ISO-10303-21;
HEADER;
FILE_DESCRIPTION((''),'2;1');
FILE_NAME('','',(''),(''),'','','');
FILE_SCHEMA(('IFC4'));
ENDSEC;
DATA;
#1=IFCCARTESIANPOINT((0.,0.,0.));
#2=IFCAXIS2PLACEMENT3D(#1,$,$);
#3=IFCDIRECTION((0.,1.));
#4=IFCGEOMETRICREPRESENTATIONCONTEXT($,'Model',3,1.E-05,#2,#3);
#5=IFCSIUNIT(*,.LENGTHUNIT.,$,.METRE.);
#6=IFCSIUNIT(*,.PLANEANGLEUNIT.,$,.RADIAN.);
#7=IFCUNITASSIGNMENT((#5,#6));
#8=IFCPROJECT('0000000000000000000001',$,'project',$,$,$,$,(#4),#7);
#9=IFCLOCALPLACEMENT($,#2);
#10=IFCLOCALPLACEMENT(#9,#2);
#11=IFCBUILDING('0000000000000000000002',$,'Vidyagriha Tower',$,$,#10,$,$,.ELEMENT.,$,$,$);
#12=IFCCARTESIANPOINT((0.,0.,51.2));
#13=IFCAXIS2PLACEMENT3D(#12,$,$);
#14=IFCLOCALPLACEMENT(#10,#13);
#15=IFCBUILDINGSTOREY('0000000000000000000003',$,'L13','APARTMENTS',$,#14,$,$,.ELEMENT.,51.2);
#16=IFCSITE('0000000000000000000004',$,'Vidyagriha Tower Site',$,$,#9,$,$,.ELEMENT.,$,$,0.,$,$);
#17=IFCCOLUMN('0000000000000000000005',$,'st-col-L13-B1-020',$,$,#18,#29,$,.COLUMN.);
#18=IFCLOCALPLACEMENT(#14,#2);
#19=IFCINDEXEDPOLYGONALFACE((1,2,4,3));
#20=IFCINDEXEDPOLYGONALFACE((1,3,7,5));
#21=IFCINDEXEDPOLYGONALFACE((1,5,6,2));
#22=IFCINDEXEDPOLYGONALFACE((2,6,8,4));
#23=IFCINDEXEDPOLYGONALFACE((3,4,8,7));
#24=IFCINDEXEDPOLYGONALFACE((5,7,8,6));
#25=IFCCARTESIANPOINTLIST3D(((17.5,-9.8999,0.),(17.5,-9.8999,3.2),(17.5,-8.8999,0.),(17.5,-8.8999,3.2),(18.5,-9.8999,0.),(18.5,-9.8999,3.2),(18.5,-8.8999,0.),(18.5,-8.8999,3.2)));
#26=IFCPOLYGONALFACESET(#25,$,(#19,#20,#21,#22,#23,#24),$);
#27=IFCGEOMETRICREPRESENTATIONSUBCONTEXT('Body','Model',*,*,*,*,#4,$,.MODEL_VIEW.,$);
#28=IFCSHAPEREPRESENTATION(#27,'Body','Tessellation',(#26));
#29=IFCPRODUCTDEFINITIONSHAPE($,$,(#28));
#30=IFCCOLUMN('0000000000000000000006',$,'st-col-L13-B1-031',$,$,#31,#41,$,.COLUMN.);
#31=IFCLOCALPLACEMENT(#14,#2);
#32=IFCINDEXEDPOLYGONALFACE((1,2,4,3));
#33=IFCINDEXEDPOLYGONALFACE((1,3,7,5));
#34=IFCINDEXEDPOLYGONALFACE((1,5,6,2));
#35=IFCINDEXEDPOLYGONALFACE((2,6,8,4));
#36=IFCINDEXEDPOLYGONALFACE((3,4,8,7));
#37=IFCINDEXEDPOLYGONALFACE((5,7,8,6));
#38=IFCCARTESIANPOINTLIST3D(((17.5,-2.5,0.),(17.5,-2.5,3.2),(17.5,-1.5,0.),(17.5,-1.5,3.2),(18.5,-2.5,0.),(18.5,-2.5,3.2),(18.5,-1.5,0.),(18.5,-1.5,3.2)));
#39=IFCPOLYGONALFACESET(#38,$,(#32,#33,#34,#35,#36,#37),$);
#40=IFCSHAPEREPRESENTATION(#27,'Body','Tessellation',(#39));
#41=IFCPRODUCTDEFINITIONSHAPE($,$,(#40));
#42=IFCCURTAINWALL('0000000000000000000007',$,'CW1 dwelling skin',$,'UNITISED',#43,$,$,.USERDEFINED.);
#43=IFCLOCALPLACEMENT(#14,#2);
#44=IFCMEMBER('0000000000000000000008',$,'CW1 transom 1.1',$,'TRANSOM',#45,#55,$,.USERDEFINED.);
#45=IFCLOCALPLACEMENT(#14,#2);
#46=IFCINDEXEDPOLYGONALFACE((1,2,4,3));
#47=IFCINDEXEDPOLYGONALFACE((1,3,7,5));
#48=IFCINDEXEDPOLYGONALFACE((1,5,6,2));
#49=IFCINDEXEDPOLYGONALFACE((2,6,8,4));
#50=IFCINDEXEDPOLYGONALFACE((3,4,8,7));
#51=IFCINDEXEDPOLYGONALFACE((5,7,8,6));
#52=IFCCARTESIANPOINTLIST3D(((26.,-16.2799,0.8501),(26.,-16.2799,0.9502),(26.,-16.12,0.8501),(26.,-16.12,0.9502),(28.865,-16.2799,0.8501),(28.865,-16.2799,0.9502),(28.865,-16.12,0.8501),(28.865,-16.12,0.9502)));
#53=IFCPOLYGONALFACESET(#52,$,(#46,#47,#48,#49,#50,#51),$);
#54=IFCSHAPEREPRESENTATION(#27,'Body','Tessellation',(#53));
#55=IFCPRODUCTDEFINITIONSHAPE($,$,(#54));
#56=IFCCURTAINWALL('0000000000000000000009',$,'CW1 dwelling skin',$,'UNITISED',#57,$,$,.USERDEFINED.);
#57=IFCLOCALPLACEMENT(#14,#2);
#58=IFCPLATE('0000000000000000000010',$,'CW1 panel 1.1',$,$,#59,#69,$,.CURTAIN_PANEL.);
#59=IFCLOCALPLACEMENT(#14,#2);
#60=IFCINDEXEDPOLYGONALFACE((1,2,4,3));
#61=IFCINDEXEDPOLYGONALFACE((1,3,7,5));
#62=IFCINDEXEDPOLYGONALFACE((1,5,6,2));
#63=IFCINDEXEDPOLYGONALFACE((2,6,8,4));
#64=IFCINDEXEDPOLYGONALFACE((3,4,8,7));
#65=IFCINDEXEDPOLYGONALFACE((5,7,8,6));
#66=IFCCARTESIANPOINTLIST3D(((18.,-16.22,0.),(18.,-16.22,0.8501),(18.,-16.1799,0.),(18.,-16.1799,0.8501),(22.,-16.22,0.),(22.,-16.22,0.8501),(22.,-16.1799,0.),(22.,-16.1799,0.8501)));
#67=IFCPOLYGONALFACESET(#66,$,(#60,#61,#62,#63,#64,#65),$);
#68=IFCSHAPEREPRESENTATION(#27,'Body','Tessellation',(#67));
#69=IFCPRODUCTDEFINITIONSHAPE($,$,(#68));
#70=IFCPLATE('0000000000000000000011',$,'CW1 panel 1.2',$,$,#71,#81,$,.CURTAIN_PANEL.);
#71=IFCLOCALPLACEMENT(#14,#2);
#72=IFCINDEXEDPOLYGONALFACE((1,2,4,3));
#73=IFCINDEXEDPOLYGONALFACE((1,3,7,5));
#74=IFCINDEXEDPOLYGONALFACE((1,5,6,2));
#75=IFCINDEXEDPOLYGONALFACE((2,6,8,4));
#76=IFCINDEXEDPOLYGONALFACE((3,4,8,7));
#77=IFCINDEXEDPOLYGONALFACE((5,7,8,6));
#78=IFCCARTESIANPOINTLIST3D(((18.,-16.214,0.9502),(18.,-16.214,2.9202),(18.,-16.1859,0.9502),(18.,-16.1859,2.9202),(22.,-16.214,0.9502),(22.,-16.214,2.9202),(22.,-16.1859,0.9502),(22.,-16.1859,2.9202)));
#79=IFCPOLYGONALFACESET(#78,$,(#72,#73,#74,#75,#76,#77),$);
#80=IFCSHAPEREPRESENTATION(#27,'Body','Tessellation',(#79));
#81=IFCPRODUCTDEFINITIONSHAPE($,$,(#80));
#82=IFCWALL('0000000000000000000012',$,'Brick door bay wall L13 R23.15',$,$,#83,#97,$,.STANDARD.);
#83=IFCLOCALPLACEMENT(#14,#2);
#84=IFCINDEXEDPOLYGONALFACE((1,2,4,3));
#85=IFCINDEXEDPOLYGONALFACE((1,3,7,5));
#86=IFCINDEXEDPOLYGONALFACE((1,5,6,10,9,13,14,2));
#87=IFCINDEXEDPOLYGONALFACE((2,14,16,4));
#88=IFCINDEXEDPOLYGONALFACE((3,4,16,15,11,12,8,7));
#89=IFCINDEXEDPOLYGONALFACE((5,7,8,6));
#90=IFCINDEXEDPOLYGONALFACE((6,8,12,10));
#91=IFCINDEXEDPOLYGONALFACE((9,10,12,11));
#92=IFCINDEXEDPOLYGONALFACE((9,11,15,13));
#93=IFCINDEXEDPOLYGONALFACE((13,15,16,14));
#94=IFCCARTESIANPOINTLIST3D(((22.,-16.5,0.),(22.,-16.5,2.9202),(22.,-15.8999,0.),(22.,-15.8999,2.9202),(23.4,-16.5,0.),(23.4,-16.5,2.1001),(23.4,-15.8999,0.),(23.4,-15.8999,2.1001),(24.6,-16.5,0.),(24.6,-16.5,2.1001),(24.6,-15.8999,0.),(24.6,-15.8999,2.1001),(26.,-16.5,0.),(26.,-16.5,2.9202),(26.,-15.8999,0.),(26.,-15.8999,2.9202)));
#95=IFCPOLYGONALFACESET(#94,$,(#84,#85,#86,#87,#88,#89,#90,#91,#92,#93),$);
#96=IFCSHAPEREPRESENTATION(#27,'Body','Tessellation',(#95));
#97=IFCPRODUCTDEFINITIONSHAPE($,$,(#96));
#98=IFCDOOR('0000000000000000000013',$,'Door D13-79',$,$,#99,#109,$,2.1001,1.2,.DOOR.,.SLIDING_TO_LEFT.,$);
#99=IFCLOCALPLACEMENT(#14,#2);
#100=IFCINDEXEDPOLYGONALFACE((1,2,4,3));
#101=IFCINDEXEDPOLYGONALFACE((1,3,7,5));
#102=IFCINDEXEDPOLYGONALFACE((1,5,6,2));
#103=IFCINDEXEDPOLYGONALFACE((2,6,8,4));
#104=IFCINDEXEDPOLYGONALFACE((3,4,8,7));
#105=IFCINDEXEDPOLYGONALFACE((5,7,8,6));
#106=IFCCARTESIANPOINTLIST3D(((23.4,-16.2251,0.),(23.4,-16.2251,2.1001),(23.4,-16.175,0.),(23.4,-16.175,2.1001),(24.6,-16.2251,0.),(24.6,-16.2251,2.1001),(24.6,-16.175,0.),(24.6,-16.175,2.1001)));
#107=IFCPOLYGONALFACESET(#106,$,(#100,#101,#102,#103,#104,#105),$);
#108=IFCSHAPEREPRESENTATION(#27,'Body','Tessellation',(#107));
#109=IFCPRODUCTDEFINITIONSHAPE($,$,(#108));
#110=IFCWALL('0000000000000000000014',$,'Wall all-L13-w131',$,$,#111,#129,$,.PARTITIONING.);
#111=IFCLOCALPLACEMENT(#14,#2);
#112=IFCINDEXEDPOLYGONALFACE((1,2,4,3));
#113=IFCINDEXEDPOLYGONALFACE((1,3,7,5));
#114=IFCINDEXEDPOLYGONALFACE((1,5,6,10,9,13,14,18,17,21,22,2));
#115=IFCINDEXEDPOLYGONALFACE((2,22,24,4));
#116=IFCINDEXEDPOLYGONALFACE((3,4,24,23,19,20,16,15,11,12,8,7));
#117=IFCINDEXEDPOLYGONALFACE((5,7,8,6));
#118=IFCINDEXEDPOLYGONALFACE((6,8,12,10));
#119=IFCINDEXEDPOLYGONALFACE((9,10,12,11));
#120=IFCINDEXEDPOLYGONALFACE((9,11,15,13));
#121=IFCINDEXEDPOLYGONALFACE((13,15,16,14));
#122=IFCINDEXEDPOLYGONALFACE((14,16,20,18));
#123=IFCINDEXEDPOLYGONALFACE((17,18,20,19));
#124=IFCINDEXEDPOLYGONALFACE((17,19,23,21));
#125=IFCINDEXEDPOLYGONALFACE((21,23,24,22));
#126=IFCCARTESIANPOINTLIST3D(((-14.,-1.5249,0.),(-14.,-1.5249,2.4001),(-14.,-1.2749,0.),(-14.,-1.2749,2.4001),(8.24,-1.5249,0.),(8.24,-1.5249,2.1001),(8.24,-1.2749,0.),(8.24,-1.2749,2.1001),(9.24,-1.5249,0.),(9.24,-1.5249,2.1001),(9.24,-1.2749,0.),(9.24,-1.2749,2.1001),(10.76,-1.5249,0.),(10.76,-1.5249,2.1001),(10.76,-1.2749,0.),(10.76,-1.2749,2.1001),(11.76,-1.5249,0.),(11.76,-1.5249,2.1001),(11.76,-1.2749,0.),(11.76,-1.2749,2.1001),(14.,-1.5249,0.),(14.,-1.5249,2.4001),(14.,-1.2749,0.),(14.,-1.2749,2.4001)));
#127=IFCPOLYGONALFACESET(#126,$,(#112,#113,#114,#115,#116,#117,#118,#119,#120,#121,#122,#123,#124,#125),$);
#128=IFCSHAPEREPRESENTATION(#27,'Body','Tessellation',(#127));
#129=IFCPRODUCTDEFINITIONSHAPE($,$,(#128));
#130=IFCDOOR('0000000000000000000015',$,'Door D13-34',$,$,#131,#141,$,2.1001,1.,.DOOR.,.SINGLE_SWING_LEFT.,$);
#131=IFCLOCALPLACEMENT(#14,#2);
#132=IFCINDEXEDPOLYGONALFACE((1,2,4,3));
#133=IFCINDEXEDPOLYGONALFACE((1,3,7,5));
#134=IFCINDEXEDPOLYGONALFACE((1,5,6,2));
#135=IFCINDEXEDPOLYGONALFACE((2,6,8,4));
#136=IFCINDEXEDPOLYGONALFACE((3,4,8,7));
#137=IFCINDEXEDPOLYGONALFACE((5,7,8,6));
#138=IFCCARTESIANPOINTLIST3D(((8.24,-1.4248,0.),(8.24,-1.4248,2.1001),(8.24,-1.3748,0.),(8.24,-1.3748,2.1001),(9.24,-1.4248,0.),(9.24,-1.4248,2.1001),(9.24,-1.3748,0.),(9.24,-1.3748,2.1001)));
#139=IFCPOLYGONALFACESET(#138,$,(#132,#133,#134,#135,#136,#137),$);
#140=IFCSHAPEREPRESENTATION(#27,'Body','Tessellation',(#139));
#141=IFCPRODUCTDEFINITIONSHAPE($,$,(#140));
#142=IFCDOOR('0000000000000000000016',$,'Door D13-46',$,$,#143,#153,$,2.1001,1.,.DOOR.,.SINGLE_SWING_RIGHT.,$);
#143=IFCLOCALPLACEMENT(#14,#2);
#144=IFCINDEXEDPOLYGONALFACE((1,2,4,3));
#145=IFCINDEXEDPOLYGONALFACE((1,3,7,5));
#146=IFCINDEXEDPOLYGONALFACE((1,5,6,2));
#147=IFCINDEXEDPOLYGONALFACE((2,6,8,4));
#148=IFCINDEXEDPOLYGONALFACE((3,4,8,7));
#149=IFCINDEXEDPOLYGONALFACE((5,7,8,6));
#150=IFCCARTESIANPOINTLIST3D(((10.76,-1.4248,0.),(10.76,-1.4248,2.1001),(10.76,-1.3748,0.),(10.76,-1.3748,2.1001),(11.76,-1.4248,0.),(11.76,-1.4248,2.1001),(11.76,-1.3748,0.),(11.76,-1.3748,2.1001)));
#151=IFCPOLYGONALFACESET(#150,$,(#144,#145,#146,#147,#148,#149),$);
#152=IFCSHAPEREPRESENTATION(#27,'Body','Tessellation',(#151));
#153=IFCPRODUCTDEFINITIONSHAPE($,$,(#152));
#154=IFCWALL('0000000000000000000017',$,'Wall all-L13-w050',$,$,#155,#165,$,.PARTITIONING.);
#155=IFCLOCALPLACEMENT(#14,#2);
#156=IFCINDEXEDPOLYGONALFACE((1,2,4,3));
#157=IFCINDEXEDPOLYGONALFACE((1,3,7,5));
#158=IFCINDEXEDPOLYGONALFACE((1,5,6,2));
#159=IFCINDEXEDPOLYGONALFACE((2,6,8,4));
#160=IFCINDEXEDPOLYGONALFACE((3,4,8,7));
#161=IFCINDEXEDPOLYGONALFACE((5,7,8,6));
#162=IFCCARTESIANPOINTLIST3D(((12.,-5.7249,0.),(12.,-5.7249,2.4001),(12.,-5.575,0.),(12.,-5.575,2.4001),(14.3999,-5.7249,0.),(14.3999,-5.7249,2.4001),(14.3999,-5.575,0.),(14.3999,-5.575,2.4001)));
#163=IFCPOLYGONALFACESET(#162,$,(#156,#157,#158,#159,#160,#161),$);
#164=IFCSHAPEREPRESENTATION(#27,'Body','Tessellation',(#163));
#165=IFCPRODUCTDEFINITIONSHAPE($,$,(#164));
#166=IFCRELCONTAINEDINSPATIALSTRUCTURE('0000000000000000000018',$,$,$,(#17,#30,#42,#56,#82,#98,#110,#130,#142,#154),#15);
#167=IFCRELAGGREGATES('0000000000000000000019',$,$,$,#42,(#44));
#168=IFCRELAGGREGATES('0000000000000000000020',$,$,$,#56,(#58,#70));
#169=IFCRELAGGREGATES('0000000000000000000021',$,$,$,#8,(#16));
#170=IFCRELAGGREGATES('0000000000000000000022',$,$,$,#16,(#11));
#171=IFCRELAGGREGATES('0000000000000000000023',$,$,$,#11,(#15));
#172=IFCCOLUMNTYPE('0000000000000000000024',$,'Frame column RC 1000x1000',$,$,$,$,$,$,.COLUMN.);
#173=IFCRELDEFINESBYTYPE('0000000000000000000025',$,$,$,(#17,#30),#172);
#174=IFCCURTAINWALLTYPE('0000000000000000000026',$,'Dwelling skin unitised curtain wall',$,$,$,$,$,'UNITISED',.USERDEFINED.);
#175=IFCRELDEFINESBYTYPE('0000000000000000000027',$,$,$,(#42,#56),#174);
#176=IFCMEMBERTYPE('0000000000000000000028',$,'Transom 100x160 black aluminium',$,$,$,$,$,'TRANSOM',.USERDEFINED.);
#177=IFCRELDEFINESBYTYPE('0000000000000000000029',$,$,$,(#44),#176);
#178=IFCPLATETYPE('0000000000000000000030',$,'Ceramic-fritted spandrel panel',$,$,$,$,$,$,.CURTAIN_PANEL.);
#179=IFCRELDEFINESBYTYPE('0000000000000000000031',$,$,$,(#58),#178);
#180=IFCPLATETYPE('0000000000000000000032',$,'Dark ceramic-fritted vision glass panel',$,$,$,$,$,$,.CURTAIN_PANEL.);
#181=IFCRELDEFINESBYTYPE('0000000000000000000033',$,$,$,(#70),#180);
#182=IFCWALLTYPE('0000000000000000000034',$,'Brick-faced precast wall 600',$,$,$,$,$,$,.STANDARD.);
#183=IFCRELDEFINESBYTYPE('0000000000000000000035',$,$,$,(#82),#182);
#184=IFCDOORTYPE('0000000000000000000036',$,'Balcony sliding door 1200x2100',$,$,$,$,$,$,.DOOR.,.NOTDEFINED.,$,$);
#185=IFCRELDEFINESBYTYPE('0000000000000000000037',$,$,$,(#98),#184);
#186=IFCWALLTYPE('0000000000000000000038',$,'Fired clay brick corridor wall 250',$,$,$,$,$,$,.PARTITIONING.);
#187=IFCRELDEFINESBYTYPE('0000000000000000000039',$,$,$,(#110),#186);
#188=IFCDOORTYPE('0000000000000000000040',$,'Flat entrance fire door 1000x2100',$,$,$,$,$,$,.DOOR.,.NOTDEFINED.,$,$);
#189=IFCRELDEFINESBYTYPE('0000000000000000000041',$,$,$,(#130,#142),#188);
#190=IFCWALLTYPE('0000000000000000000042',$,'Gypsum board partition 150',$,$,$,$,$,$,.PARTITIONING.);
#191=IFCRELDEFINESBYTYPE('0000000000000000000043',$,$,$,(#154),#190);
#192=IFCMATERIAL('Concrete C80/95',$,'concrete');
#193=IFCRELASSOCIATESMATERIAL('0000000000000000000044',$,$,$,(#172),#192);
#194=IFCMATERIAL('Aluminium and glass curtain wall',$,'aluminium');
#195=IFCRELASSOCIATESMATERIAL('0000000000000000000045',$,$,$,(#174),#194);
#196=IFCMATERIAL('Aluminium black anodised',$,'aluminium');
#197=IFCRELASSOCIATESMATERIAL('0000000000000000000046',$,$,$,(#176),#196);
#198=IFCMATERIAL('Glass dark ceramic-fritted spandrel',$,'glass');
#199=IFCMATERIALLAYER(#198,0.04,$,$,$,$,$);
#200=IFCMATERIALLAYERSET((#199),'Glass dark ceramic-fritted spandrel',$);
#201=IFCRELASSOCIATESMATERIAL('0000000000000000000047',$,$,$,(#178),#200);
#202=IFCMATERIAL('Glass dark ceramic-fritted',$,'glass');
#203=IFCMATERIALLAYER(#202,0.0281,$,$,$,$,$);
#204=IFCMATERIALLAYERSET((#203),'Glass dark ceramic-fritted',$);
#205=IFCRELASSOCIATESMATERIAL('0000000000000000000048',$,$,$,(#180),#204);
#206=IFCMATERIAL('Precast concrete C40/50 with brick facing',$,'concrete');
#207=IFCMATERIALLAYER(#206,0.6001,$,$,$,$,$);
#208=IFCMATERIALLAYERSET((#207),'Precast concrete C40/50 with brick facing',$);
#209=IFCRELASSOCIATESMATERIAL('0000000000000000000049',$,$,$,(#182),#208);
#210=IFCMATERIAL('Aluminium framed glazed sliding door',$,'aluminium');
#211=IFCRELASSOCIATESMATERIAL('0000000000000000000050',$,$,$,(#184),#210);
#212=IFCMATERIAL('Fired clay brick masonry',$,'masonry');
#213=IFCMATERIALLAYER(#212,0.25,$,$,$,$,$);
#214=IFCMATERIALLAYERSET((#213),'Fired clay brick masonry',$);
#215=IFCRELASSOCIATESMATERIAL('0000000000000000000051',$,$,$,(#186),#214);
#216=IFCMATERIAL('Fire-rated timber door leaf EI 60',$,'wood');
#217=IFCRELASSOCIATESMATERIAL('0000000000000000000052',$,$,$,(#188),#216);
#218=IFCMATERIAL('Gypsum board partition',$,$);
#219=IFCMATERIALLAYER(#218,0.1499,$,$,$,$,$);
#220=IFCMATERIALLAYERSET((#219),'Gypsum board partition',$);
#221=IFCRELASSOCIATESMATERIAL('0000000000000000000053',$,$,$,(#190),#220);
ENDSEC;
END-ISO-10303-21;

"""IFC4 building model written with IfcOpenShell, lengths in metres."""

from ifc_helpers import new_model, si_unit, direction, frame, frame_2d, origin, origin_2d, place, context, subcontext, project, spatial, rectangle, extrude, material, layer, layer_set, material_profile, profile_set, type_object, element, fill, aggregate, save


model = new_model("IFC4")

# Units and contexts
model_context = context("Model", 3, precision=1e-05, world=origin(), true_north=direction((0.0, 1.0)))
body_context = subcontext(model_context, "Body", "Model", "MODEL_VIEW")
ifc_project = project(units=[si_unit("LENGTHUNIT", "METRE"), si_unit("PLANEANGLEUNIT", "RADIAN")], contexts=[model_context])

# Site, building, storey
site_placement = place(None, origin())
site = spatial("IfcSite", under=ifc_project, at=site_placement, Name="Vidyagriha Tower Site", CompositionType="ELEMENT", RefElevation=0.0)
building_placement = place(site_placement, origin())
building = spatial("IfcBuilding", under=site, at=building_placement, Name="Vidyagriha Tower", CompositionType="ELEMENT")
storey_placement = place(building_placement, frame((0.0, 0.0, 51.2)))
storey = spatial("IfcBuildingStorey", under=building, at=storey_placement, Name="L13", Description="APARTMENTS", CompositionType="ELEMENT", Elevation=51.2)

# Columns
ifc_material_1 = material(Name="Concrete C80/95", Category="concrete")
ifc_material_profile_1 = material_profile(ifc_material_1, rectangle(XDim=1.0, YDim=1.0, at=origin_2d()), Name="RC 1000x1000")
ifc_profile_set_1 = profile_set([ifc_material_profile_1], Name="Concrete C80/95")
column_type = type_object("IfcColumnType", Name="Frame column RC 1000x1000", PredefinedType="COLUMN", material=ifc_profile_set_1)
for number, where, name in (
    (1, (18.0, -9.3999, 0.0), "st-col-L13-B1-020"),
    (2, (18.0, -2.0, 0.0), "st-col-L13-B1-031"),
):
    element("IfcColumn", number, at=place(storey_placement, frame(where)), inside=storey, type_object=column_type, Name=name, PredefinedType="COLUMN", context=body_context, shape_type="SweptSolid", body=[
        extrude(rectangle(XDim=1.0, YDim=1.0, at=origin_2d()), origin(), (0.0, 0.0, 1.0), 3.2),
    ])

# Curtain wall, member
ifc_material_2 = material(Name="Aluminium and glass curtain wall", Category="aluminium")
curtain_wall_type = type_object("IfcCurtainWallType", Name="Dwelling skin unitised curtain wall", ElementType="UNITISED", PredefinedType="USERDEFINED", material=ifc_material_2)
curtain_wall_1_placement = place(storey_placement, origin())
curtain_wall_1 = element("IfcCurtainWall", 3, at=curtain_wall_1_placement, inside=storey, type_object=curtain_wall_type, Name="CW1 dwelling skin", ObjectType="UNITISED", PredefinedType="USERDEFINED")
ifc_material_3 = material(Name="Aluminium black anodised", Category="aluminium")
ifc_material_profile_2 = material_profile(ifc_material_3, rectangle(XDim=0.1599, YDim=0.1001, at=origin_2d()), Name="Transom 100x160 black aluminium")
ifc_profile_set_2 = profile_set([ifc_material_profile_2], Name="Aluminium black anodised")
member_type = type_object("IfcMemberType", Name="Transom 100x160 black aluminium", ElementType="TRANSOM", PredefinedType="USERDEFINED", material=ifc_profile_set_2)
member_placement = place(storey_placement, frame((26.0, -16.2, 0.9001), z_axis=(1.0, 0.0, 0.0), x_axis=(0.0, 1.0, 0.0)))
member = element("IfcMember", 4, at=member_placement, type_object=member_type, Name="CW1 transom 1.1", ObjectType="TRANSOM", PredefinedType="USERDEFINED", context=body_context, shape_type="SweptSolid", body=[
    extrude(rectangle(XDim=0.1599, YDim=0.1001, at=origin_2d()), origin(), (0.0, 0.0, 1.0), 2.865),
])
aggregate(curtain_wall_1, [member])

# Curtain wall, plates
curtain_wall_2_placement = place(storey_placement, origin())
curtain_wall_2 = element("IfcCurtainWall", 5, at=curtain_wall_2_placement, inside=storey, type_object=curtain_wall_type, Name="CW1 dwelling skin", ObjectType="UNITISED", PredefinedType="USERDEFINED")
ifc_material_4 = material(Name="Glass dark ceramic-fritted spandrel", Category="glass")
ifc_layer_1 = layer(ifc_material_4, 0.04)
ifc_layer_set_1 = layer_set([ifc_layer_1], Name="Glass dark ceramic-fritted spandrel")
plate_type_1 = type_object("IfcPlateType", Name="Ceramic-fritted spandrel panel", PredefinedType="CURTAIN_PANEL", material=ifc_layer_set_1)
plate_1_placement = place(storey_placement, frame((20.0, -16.2, 0.0)))
plate_1 = element("IfcPlate", 6, at=plate_1_placement, type_object=plate_type_1, Name="CW1 panel 1.1", PredefinedType="CURTAIN_PANEL", context=body_context, shape_type="SweptSolid", body=[
    extrude(rectangle(XDim=4.0, YDim=0.04, at=origin_2d()), origin(), (0.0, 0.0, 1.0), 0.8501),
])
ifc_material_5 = material(Name="Glass dark ceramic-fritted", Category="glass")
ifc_layer_2 = layer(ifc_material_5, 0.0281)
ifc_layer_set_2 = layer_set([ifc_layer_2], Name="Glass dark ceramic-fritted")
plate_type_2 = type_object("IfcPlateType", Name="Dark ceramic-fritted vision glass panel", PredefinedType="CURTAIN_PANEL", material=ifc_layer_set_2)
plate_2_placement = place(storey_placement, frame((20.0, -16.2, 0.9502)))
plate_2 = element("IfcPlate", 7, at=plate_2_placement, type_object=plate_type_2, Name="CW1 panel 1.2", PredefinedType="CURTAIN_PANEL", context=body_context, shape_type="SweptSolid", body=[
    extrude(rectangle(XDim=4.0, YDim=0.0281, at=origin_2d()), origin(), (0.0, 0.0, 1.0), 1.97),
])
aggregate(curtain_wall_2, [plate_1, plate_2])

# Wall, opening, door
ifc_material_6 = material(Name="Precast concrete C40/50 with brick facing", Category="concrete")
ifc_layer_3 = layer(ifc_material_6, 0.6001)
ifc_layer_set_3 = layer_set([ifc_layer_3], Name="Precast concrete C40/50 with brick facing")
wall_type_1 = type_object("IfcWallType", Name="Brick-faced precast wall 600", PredefinedType="STANDARD", material=ifc_layer_set_3)
wall_1_placement = place(storey_placement, frame((22.0, -16.2, 0.0)))
wall_1 = element("IfcWall", 8, at=wall_1_placement, inside=storey, type_object=wall_type_1, Name="Brick door bay wall L13 R23.15", PredefinedType="STANDARD", context=body_context, shape_type="SweptSolid", body=[
    extrude(rectangle(XDim=4.0, YDim=0.6001, at=frame_2d((2.0, 0.0))), origin(), (0.0, 0.0, 1.0), 2.9202),
])
opening_1_placement = place(wall_1_placement, frame((1.3999, 0.0, 0.0)))
opening_1 = element("IfcOpeningElement", 9, at=opening_1_placement, cuts=wall_1, PredefinedType="OPENING", context=body_context, shape_type="SweptSolid", body=[
    extrude(rectangle(XDim=1.2, YDim=2.1001, at=frame_2d((0.6001, 1.05))), frame((0.0, 0.3101, 0.0), z_axis=(0.0, -1.0, 0.0), x_axis=(1.0, 0.0, 0.0)), (0.0, 0.0, 1.0), 0.6201),
])
ifc_material_7 = material(Name="Aluminium framed glazed sliding door", Category="aluminium")
door_type_1 = type_object("IfcDoorType", Name="Balcony sliding door 1200x2100", OperationType="NOTDEFINED", PredefinedType="DOOR", material=ifc_material_7)
door_1_placement = place(opening_1_placement, origin())
door_1 = element("IfcDoor", 10, at=door_1_placement, inside=storey, type_object=door_type_1, Name="Door D13-79", OperationType="SLIDING_TO_LEFT", OverallHeight=2.1001, OverallWidth=1.2, PredefinedType="DOOR", context=body_context, shape_type="SweptSolid", body=[
    extrude(rectangle(XDim=1.2, YDim=2.1001, at=frame_2d((0.6001, 1.05))), frame((0.0, 0.0249, 0.0), z_axis=(0.0, -1.0, 0.0), x_axis=(1.0, 0.0, 0.0)), (0.0, 0.0, 1.0), 0.05),
])
fill(opening_1, door_1)

# Wall, openings, doors
ifc_material_8 = material(Name="Fired clay brick masonry", Category="masonry")
ifc_layer_4 = layer(ifc_material_8, 0.25)
ifc_layer_set_4 = layer_set([ifc_layer_4], Name="Fired clay brick masonry")
wall_type_2 = type_object("IfcWallType", Name="Fired clay brick corridor wall 250", PredefinedType="PARTITIONING", material=ifc_layer_set_4)
wall_2_placement = place(storey_placement, frame((14.0, -1.3999, 0.0), z_axis=(0.0, 0.0, 1.0), x_axis=(-1.0, 0.0, 0.0)))
wall_2 = element("IfcWall", 11, at=wall_2_placement, inside=storey, type_object=wall_type_2, Name="Wall all-L13-w131", PredefinedType="PARTITIONING", context=body_context, shape_type="SweptSolid", body=[
    extrude(rectangle(XDim=28.0, YDim=0.25, at=frame_2d((14.0, 0.0))), origin(), (0.0, 0.0, 1.0), 2.4001),
])
opening_2_placement = place(wall_2_placement, frame((4.76, 0.0, 0.0)))
opening_2 = element("IfcOpeningElement", 12, at=opening_2_placement, cuts=wall_2, PredefinedType="OPENING", context=body_context, shape_type="SweptSolid", body=[
    extrude(rectangle(XDim=1.0, YDim=2.1001, at=frame_2d((0.5, 1.05))), frame((0.0, 0.135, 0.0), z_axis=(0.0, -1.0, 0.0), x_axis=(1.0, 0.0, 0.0)), (0.0, 0.0, 1.0), 0.27),
])
opening_3_placement = place(wall_2_placement, frame((2.24, 0.0, 0.0)))
opening_3 = element("IfcOpeningElement", 13, at=opening_3_placement, cuts=wall_2, PredefinedType="OPENING", context=body_context, shape_type="SweptSolid", body=[
    extrude(rectangle(XDim=1.0, YDim=2.1001, at=frame_2d((0.5, 1.05))), frame((0.0, 0.135, 0.0), z_axis=(0.0, -1.0, 0.0), x_axis=(1.0, 0.0, 0.0)), (0.0, 0.0, 1.0), 0.27),
])
ifc_material_9 = material(Name="Fire-rated timber door leaf EI 60", Category="wood")
door_type_2 = type_object("IfcDoorType", Name="Flat entrance fire door 1000x2100", OperationType="NOTDEFINED", PredefinedType="DOOR", material=ifc_material_9)
door_2_placement = place(opening_2_placement, origin())
door_2 = element("IfcDoor", 14, at=door_2_placement, inside=storey, type_object=door_type_2, Name="Door D13-34", OperationType="SINGLE_SWING_LEFT", OverallHeight=2.1001, OverallWidth=1.0, PredefinedType="DOOR", context=body_context, shape_type="SweptSolid", body=[
    extrude(rectangle(XDim=1.0, YDim=2.1001, at=frame_2d((0.5, 1.05))), frame((0.0, 0.0249, 0.0), z_axis=(0.0, -1.0, 0.0), x_axis=(1.0, 0.0, 0.0)), (0.0, 0.0, 1.0), 0.05),
])
fill(opening_2, door_2)
door_3_placement = place(opening_3_placement, origin())
door_3 = element("IfcDoor", 15, at=door_3_placement, inside=storey, type_object=door_type_2, Name="Door D13-46", OperationType="SINGLE_SWING_RIGHT", OverallHeight=2.1001, OverallWidth=1.0, PredefinedType="DOOR", context=body_context, shape_type="SweptSolid", body=[
    extrude(rectangle(XDim=1.0, YDim=2.1001, at=frame_2d((0.5, 1.05))), frame((0.0, 0.0249, 0.0), z_axis=(0.0, -1.0, 0.0), x_axis=(1.0, 0.0, 0.0)), (0.0, 0.0, 1.0), 0.05),
])
fill(opening_3, door_3)

# Wall
ifc_material_10 = material(Name="Gypsum board partition")
ifc_layer_5 = layer(ifc_material_10, 0.1499)
ifc_layer_set_5 = layer_set([ifc_layer_5], Name="Gypsum board partition")
wall_type_3 = type_object("IfcWallType", Name="Gypsum board partition 150", PredefinedType="PARTITIONING", material=ifc_layer_set_5)
wall_3_placement = place(storey_placement, frame((14.3999, -5.6499, 0.0), z_axis=(0.0, 0.0, 1.0), x_axis=(-1.0, 0.0, 0.0)))
element("IfcWall", 16, at=wall_3_placement, inside=storey, type_object=wall_type_3, Name="Wall all-L13-w050", PredefinedType="PARTITIONING", context=body_context, shape_type="SweptSolid", body=[
    extrude(rectangle(XDim=2.3999, YDim=0.1499, at=frame_2d((1.2, 0.0))), origin(), (0.0, 0.0, 1.0), 2.4001),
])

save(model, "model.ifc")
